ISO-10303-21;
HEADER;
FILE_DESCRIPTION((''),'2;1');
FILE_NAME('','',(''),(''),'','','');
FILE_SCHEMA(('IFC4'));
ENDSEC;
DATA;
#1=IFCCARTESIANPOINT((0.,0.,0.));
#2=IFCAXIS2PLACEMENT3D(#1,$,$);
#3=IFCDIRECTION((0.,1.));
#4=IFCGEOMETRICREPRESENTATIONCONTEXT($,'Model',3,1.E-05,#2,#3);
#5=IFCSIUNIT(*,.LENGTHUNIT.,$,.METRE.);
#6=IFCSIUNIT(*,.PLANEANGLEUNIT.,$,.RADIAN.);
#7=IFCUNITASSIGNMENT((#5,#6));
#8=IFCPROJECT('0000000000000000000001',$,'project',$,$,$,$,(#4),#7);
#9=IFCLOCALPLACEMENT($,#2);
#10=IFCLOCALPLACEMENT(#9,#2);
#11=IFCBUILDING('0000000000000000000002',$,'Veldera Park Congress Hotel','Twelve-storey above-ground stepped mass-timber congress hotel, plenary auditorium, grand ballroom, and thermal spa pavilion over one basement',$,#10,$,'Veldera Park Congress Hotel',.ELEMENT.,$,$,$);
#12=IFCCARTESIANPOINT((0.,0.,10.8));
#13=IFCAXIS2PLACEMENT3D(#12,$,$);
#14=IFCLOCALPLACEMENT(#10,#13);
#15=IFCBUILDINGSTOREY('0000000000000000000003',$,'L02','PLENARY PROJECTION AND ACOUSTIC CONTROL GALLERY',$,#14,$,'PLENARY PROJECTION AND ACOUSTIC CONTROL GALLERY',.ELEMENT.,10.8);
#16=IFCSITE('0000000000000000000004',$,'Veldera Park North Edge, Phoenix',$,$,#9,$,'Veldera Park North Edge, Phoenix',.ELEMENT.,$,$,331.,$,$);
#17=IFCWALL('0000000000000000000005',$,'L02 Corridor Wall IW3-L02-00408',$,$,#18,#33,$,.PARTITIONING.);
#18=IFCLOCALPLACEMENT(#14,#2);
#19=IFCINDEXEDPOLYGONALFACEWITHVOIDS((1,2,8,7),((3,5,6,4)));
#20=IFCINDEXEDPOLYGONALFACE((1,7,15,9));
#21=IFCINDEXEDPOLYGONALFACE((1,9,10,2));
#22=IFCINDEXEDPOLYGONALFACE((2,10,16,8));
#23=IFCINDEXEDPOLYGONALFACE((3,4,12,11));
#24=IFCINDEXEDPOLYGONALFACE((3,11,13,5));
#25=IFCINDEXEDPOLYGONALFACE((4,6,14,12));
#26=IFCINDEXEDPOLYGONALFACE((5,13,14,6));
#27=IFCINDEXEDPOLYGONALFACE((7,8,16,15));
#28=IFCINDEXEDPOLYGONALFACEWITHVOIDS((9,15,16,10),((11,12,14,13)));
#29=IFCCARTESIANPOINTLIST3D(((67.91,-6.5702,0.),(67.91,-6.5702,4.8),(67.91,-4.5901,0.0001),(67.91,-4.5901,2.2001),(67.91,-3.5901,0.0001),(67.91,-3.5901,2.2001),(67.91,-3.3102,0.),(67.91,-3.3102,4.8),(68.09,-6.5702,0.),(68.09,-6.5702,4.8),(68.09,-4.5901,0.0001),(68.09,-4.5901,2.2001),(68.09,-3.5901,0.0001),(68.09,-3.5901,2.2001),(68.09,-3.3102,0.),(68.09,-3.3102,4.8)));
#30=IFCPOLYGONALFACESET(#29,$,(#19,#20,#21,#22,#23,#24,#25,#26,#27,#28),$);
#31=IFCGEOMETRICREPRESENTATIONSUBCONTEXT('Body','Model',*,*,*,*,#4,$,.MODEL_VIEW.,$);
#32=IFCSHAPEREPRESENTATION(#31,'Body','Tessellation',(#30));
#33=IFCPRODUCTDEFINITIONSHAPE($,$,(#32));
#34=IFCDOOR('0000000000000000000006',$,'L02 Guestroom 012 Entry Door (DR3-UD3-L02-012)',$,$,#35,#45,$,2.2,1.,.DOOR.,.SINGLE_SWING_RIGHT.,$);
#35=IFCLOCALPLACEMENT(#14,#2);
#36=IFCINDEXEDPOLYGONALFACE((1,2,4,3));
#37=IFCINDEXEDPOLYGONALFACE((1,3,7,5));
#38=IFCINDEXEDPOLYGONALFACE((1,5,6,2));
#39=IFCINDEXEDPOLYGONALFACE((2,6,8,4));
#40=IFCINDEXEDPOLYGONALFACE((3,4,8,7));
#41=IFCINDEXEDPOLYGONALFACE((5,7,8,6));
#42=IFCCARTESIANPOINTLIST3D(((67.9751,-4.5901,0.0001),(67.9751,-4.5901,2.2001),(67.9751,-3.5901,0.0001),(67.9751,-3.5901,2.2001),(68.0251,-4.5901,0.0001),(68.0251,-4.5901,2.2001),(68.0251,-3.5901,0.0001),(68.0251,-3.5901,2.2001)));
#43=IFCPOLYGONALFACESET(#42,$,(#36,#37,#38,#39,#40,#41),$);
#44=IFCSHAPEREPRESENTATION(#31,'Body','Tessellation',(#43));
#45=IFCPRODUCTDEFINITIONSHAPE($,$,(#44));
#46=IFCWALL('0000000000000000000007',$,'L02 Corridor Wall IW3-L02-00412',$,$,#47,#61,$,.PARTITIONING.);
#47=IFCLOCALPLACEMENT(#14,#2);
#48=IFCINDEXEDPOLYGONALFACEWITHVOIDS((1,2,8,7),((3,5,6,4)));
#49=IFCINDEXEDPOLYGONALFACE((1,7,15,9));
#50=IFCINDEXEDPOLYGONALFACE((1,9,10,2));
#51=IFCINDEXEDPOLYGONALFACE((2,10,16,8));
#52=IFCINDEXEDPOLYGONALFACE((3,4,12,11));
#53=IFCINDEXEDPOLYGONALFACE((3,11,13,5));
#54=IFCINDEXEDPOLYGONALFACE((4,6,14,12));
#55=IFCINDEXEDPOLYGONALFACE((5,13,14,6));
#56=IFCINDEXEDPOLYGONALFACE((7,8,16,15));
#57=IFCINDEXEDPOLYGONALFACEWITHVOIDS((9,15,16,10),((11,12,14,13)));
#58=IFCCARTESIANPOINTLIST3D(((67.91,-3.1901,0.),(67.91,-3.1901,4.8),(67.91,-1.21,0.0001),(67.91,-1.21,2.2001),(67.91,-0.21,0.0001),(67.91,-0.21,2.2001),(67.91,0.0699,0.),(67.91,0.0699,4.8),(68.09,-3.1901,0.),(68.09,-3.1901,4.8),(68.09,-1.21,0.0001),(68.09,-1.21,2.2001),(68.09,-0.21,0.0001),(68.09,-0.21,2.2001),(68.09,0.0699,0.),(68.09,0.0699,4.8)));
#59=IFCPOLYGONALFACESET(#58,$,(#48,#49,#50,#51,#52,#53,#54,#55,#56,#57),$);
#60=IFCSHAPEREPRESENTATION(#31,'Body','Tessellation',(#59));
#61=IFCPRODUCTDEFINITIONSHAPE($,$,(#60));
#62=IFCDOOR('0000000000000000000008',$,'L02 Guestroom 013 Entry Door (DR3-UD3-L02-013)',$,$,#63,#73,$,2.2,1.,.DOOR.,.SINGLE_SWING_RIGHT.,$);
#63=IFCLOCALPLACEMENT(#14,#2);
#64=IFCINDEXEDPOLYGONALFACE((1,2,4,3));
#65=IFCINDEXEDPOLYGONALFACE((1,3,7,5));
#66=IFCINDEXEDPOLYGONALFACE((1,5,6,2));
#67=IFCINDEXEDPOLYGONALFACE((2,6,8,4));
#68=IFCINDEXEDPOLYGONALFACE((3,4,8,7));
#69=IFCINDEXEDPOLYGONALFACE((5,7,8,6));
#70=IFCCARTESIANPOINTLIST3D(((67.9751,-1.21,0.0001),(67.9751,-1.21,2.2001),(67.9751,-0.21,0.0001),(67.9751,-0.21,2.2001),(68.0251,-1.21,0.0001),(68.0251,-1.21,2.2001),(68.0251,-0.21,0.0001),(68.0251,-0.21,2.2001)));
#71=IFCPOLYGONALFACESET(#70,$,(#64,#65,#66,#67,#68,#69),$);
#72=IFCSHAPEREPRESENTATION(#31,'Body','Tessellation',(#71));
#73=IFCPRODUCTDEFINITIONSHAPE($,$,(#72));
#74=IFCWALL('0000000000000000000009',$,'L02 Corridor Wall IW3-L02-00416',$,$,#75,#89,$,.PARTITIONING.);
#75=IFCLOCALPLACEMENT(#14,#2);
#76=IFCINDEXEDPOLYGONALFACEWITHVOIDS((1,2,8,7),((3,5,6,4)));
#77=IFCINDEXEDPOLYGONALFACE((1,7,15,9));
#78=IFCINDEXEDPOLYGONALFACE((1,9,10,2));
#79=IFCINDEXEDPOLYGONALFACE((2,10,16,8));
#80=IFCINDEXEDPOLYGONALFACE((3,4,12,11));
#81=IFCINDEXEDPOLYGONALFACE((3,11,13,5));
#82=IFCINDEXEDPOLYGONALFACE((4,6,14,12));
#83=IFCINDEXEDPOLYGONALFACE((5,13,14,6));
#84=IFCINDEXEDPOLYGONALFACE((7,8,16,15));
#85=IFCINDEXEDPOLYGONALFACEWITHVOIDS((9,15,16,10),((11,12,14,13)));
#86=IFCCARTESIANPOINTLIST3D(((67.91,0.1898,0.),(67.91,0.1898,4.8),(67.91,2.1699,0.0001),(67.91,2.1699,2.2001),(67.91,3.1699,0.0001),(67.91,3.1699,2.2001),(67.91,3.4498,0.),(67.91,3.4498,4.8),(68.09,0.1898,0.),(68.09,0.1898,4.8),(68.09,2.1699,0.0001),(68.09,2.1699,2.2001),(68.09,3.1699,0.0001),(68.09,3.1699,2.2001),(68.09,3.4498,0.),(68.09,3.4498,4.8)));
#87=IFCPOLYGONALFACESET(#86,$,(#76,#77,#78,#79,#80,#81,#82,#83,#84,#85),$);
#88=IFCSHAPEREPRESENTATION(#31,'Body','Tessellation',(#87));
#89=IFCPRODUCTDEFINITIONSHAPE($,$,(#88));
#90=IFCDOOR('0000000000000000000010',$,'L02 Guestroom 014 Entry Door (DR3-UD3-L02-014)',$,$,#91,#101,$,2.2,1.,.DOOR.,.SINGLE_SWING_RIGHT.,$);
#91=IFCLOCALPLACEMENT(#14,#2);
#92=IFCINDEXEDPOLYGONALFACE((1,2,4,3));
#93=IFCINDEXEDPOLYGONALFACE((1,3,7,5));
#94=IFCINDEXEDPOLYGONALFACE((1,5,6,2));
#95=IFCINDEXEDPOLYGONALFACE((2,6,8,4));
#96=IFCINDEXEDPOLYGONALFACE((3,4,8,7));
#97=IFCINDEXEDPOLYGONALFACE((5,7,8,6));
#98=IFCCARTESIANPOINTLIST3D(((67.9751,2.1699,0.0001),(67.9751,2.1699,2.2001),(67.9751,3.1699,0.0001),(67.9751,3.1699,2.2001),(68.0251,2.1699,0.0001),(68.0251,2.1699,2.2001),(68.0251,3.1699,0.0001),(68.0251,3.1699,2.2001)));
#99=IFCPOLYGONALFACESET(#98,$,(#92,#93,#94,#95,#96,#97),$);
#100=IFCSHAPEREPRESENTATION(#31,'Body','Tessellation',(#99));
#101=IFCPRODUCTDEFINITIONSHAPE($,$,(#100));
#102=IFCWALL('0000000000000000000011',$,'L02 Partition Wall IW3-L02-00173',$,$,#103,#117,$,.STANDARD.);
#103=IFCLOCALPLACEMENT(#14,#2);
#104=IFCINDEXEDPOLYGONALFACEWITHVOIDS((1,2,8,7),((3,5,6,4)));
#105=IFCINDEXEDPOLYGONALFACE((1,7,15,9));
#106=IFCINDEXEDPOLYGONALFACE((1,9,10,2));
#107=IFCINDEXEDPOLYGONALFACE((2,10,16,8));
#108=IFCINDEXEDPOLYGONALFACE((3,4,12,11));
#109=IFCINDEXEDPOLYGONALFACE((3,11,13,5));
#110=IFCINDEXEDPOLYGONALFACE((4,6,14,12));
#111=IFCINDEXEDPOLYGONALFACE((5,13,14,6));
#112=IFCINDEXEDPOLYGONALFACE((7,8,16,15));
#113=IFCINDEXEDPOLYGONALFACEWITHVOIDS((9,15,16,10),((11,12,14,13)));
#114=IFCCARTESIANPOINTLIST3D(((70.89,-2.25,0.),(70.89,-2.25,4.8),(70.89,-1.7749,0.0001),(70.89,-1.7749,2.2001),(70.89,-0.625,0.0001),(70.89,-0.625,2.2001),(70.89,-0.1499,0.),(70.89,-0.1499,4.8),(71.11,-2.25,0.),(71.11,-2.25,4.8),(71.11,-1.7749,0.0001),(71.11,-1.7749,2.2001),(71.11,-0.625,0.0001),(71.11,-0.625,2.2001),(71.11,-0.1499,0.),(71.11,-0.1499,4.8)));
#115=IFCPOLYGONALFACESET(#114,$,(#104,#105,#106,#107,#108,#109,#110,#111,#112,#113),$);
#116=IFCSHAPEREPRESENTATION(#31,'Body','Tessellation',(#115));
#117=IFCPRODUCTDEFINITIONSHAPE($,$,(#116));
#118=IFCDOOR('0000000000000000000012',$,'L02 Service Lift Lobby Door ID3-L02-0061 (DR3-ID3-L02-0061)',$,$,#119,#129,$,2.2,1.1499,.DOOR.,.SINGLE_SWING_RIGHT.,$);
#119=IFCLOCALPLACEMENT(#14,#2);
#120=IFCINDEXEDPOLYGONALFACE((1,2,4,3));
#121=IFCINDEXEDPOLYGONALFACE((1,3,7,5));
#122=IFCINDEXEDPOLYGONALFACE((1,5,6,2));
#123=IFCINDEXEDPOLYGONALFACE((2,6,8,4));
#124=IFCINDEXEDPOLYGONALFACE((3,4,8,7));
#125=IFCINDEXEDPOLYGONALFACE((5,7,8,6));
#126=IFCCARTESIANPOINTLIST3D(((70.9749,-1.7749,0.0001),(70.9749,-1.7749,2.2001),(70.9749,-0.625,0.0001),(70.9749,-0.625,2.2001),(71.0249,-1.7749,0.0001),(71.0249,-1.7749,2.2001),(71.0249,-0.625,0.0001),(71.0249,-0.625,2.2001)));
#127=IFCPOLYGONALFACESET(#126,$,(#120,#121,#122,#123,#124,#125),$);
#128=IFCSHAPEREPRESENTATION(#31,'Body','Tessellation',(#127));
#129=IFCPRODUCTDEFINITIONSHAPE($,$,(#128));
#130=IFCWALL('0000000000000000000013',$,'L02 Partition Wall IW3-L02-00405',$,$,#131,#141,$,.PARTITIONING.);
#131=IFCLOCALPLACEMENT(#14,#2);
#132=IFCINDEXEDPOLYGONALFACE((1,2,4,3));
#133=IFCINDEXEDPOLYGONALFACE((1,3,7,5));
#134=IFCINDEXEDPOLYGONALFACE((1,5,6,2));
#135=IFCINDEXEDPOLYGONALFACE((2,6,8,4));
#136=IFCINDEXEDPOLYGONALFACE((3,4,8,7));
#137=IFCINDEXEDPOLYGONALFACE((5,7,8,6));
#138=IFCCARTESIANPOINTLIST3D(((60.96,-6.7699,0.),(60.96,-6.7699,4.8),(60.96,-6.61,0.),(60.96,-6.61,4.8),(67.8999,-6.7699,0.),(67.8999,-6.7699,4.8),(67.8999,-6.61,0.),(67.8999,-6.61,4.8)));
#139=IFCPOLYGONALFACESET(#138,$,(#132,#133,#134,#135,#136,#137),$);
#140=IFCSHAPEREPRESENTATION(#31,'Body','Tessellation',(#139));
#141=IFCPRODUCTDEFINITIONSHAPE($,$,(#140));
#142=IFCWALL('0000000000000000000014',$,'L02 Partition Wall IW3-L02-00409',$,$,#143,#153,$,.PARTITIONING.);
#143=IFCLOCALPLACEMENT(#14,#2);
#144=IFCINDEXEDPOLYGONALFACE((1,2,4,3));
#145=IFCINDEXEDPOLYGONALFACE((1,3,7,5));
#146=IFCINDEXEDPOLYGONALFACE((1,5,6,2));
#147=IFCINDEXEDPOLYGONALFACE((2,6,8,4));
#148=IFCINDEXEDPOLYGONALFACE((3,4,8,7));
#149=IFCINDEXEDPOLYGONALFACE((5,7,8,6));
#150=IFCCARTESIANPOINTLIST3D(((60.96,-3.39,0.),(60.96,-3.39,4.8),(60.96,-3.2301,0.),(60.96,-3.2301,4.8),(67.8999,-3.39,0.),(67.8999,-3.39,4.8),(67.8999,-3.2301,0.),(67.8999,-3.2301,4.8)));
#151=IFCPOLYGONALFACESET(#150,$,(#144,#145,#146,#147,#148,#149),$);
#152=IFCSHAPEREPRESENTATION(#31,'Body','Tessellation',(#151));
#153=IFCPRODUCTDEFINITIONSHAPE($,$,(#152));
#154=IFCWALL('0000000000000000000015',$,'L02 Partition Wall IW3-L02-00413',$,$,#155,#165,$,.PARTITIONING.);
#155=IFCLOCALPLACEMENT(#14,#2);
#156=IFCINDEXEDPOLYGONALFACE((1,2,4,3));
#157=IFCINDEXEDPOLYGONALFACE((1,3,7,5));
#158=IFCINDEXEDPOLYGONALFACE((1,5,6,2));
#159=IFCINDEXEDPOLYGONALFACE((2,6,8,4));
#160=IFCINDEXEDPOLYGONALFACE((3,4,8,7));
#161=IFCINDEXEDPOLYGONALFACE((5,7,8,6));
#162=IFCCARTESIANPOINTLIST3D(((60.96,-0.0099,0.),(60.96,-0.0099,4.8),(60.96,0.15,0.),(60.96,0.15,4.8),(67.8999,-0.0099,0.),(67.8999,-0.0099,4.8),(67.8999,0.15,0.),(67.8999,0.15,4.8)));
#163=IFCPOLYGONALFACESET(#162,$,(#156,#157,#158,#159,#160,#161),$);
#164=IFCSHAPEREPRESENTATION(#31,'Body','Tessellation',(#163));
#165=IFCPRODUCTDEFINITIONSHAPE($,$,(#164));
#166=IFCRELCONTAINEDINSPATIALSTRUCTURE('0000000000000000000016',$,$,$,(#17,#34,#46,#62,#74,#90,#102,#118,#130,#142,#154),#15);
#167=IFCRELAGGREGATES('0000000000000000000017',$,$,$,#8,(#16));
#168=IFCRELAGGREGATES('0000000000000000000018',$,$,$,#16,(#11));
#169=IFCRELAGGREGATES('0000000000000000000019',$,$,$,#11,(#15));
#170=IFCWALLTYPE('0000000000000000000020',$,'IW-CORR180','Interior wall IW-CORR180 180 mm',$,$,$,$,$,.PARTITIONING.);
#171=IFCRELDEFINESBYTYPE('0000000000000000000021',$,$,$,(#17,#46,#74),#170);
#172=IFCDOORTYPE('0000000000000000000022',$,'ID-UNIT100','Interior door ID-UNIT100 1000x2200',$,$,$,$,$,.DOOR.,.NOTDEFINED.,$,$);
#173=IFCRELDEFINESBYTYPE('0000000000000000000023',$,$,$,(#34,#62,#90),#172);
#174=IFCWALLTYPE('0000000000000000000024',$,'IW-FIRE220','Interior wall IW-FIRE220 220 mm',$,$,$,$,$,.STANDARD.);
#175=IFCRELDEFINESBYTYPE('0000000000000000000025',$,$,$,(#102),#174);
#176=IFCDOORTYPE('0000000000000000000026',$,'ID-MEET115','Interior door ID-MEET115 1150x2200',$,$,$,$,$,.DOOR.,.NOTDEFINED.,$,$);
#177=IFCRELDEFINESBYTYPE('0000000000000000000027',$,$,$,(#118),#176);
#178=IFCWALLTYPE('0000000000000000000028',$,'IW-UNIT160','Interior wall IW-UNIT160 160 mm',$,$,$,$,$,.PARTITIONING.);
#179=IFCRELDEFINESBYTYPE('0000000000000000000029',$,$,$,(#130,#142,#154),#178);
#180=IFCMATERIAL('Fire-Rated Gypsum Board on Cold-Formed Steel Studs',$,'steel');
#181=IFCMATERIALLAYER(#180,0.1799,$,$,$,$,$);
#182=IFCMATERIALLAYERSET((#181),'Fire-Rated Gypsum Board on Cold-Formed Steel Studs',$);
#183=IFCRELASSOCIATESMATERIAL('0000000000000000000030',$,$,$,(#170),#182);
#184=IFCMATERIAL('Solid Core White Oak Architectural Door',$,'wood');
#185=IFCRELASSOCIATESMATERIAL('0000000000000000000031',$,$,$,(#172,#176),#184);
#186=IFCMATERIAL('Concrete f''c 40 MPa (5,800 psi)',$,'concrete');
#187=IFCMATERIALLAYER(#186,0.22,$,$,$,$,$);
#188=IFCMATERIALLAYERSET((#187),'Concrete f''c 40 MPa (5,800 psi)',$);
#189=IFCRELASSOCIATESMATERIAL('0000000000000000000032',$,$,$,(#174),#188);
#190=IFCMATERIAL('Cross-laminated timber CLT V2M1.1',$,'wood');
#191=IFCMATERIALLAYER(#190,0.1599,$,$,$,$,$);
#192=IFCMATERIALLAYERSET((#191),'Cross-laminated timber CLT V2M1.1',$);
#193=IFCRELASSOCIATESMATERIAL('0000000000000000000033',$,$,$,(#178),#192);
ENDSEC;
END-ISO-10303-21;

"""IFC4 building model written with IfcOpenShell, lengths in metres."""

from ifc_helpers import new_model, si_unit, direction, frame, frame_2d, origin, place, context, subcontext, project, spatial, rectangle, extrude, material, layer, layer_set, type_object, element, fill, save


model = new_model("IFC4")

# Units and contexts
model_context = context("Model", 3, precision=1e-05, world=origin(), true_north=direction((0.0, 1.0)))
body_context = subcontext(model_context, "Body", "Model", "MODEL_VIEW")
ifc_project = project(units=[si_unit("LENGTHUNIT", "METRE"), si_unit("PLANEANGLEUNIT", "RADIAN")], contexts=[model_context])

# Site, building, storey
site_placement = place(None, origin())
site = spatial("IfcSite", under=ifc_project, at=site_placement, Name="Veldera Park North Edge, Phoenix", LongName="Veldera Park North Edge, Phoenix", CompositionType="ELEMENT", RefElevation=331.0)
building_placement = place(site_placement, origin())
building = spatial("IfcBuilding", under=site, at=building_placement, Name="Veldera Park Congress Hotel", Description="Twelve-storey above-ground stepped mass-timber congress hotel, plenary auditorium, grand ballroom, and thermal spa pavilion over one basement", LongName="Veldera Park Congress Hotel", CompositionType="ELEMENT")
storey_placement = place(building_placement, frame((0.0, 0.0, 10.8)))
storey = spatial("IfcBuildingStorey", under=building, at=storey_placement, Name="L02", Description="PLENARY PROJECTION AND ACOUSTIC CONTROL GALLERY", LongName="PLENARY PROJECTION AND ACOUSTIC CONTROL GALLERY", CompositionType="ELEMENT", Elevation=10.8)

# Shared definitions
ifc_material_1 = material(Name="Cross-laminated timber CLT V2M1.1", Category="wood")

# Shared definitions
ifc_material_2 = material(Name="Fire-Rated Gypsum Board on Cold-Formed Steel Studs", Category="steel")
ifc_material_3 = material(Name="Solid Core White Oak Architectural Door", Category="wood")

# Walls, openings, doors
ifc_layer_1 = layer(ifc_material_2, 0.1799)
ifc_layer_set_1 = layer_set([ifc_layer_1], Name="Fire-Rated Gypsum Board on Cold-Formed Steel Studs")
wall_type_1 = type_object("IfcWallType", Name="IW-CORR180", Description="Interior wall IW-CORR180 180 mm", PredefinedType="PARTITIONING", material=ifc_layer_set_1)
wall_1_placement = place(storey_placement, frame((68.0, -6.5701, 0.0), z_axis=(0.0, 0.0, 1.0), x_axis=(0.0, 1.0, 0.0)))
wall_1 = element("IfcWall", 1, at=wall_1_placement, inside=storey, type_object=wall_type_1, Name="L02 Corridor Wall IW3-L02-00408", PredefinedType="PARTITIONING", context=body_context, shape_type="SweptSolid", body=[
    extrude(rectangle(XDim=3.26, YDim=0.1799, at=frame_2d((1.6299, 0.0))), origin(), (0.0, 0.0, 1.0), 4.8),
])
opening_1_placement = place(wall_1_placement, frame((1.98, 0.0, 0.0)))
opening_1 = element("IfcOpeningElement", 2, at=opening_1_placement, cuts=wall_1, PredefinedType="OPENING", context=body_context, shape_type="SweptSolid", body=[
    extrude(rectangle(XDim=1.0, YDim=2.2, at=frame_2d((0.5, 1.1001))), frame((0.0, 0.1021, 0.0), z_axis=(0.0, -1.0, 0.0), x_axis=(1.0, 0.0, 0.0)), (0.0, 0.0, 1.0), 0.2039),
])
door_type_1 = type_object("IfcDoorType", Name="ID-UNIT100", Description="Interior door ID-UNIT100 1000x2200", OperationType="NOTDEFINED", PredefinedType="DOOR", material=ifc_material_3)
door_1_placement = place(opening_1_placement, origin())
door_1 = element("IfcDoor", 3, at=door_1_placement, inside=storey, type_object=door_type_1, Name="L02 Guestroom 012 Entry Door (DR3-UD3-L02-012)", OperationType="SINGLE_SWING_RIGHT", OverallHeight=2.2, OverallWidth=1.0, PredefinedType="DOOR", context=body_context, shape_type="SweptSolid", body=[
    extrude(rectangle(XDim=1.0, YDim=2.2, at=frame_2d((0.5, 1.1001))), frame((0.0, 0.0249, 0.0), z_axis=(0.0, -1.0, 0.0), x_axis=(1.0, 0.0, 0.0)), (0.0, 0.0, 1.0), 0.05),
])
fill(opening_1, door_1)
wall_2_placement = place(storey_placement, frame((68.0, -3.1899, 0.0), z_axis=(0.0, 0.0, 1.0), x_axis=(0.0, 1.0, 0.0)))
wall_2 = element("IfcWall", 4, at=wall_2_placement, inside=storey, type_object=wall_type_1, Name="L02 Corridor Wall IW3-L02-00412", PredefinedType="PARTITIONING", context=body_context, shape_type="SweptSolid", body=[
    extrude(rectangle(XDim=3.26, YDim=0.1799, at=frame_2d((1.6299, 0.0))), origin(), (0.0, 0.0, 1.0), 4.8),
])
opening_2_placement = place(wall_2_placement, frame((1.98, 0.0, 0.0)))
opening_2 = element("IfcOpeningElement", 5, at=opening_2_placement, cuts=wall_2, PredefinedType="OPENING", context=body_context, shape_type="SweptSolid", body=[
    extrude(rectangle(XDim=1.0, YDim=2.2, at=frame_2d((0.5, 1.1001))), frame((0.0, 0.1021, 0.0), z_axis=(0.0, -1.0, 0.0), x_axis=(1.0, 0.0, 0.0)), (0.0, 0.0, 1.0), 0.2039),
])
door_2_placement = place(opening_2_placement, origin())
door_2 = element("IfcDoor", 6, at=door_2_placement, inside=storey, type_object=door_type_1, Name="L02 Guestroom 013 Entry Door (DR3-UD3-L02-013)", OperationType="SINGLE_SWING_RIGHT", OverallHeight=2.2, OverallWidth=1.0, PredefinedType="DOOR", context=body_context, shape_type="SweptSolid", body=[
    extrude(rectangle(XDim=1.0, YDim=2.2, at=frame_2d((0.5, 1.1001))), frame((0.0, 0.0249, 0.0), z_axis=(0.0, -1.0, 0.0), x_axis=(1.0, 0.0, 0.0)), (0.0, 0.0, 1.0), 0.05),
])
fill(opening_2, door_2)
wall_3_placement = place(storey_placement, frame((68.0, 0.1899, 0.0), z_axis=(0.0, 0.0, 1.0), x_axis=(0.0, 1.0, 0.0)))
wall_3 = element("IfcWall", 7, at=wall_3_placement, inside=storey, type_object=wall_type_1, Name="L02 Corridor Wall IW3-L02-00416", PredefinedType="PARTITIONING", context=body_context, shape_type="SweptSolid", body=[
    extrude(rectangle(XDim=3.26, YDim=0.1799, at=frame_2d((1.6299, 0.0))), origin(), (0.0, 0.0, 1.0), 4.8),
])
opening_3_placement = place(wall_3_placement, frame((1.98, 0.0, 0.0)))
opening_3 = element("IfcOpeningElement", 8, at=opening_3_placement, cuts=wall_3, PredefinedType="OPENING", context=body_context, shape_type="SweptSolid", body=[
    extrude(rectangle(XDim=1.0, YDim=2.2, at=frame_2d((0.5, 1.1001))), frame((0.0, 0.1021, 0.0), z_axis=(0.0, -1.0, 0.0), x_axis=(1.0, 0.0, 0.0)), (0.0, 0.0, 1.0), 0.2039),
])
door_3_placement = place(opening_3_placement, origin())
door_3 = element("IfcDoor", 9, at=door_3_placement, inside=storey, type_object=door_type_1, Name="L02 Guestroom 014 Entry Door (DR3-UD3-L02-014)", OperationType="SINGLE_SWING_RIGHT", OverallHeight=2.2, OverallWidth=1.0, PredefinedType="DOOR", context=body_context, shape_type="SweptSolid", body=[
    extrude(rectangle(XDim=1.0, YDim=2.2, at=frame_2d((0.5, 1.1001))), frame((0.0, 0.0249, 0.0), z_axis=(0.0, -1.0, 0.0), x_axis=(1.0, 0.0, 0.0)), (0.0, 0.0, 1.0), 0.05),
])
fill(opening_3, door_3)
ifc_material_4 = material(Name="Concrete f'c 40 MPa (5,800 psi)", Category="concrete")
ifc_layer_2 = layer(ifc_material_4, 0.22)
ifc_layer_set_2 = layer_set([ifc_layer_2], Name="Concrete f'c 40 MPa (5,800 psi)")
wall_type_2 = type_object("IfcWallType", Name="IW-FIRE220", Description="Interior wall IW-FIRE220 220 mm", PredefinedType="STANDARD", material=ifc_layer_set_2)
wall_4_placement = place(storey_placement, frame((71.0, -0.1499, 0.0), z_axis=(0.0, 0.0, 1.0), x_axis=(0.0, -1.0, 0.0)))
wall_4 = element("IfcWall", 10, at=wall_4_placement, inside=storey, type_object=wall_type_2, Name="L02 Partition Wall IW3-L02-00173", PredefinedType="STANDARD", context=body_context, shape_type="SweptSolid", body=[
    extrude(rectangle(XDim=2.1001, YDim=0.22, at=frame_2d((1.05, 0.0))), origin(), (0.0, 0.0, 1.0), 4.8),
])
opening_4_placement = place(wall_4_placement, frame((0.4751, 0.0, 0.0)))
opening_4 = element("IfcOpeningElement", 11, at=opening_4_placement, cuts=wall_4, PredefinedType="OPENING", context=body_context, shape_type="SweptSolid", body=[
    extrude(rectangle(XDim=1.1499, YDim=2.2, at=frame_2d((0.575, 1.1001))), frame((0.0, 0.1221, 0.0), z_axis=(0.0, -1.0, 0.0), x_axis=(1.0, 0.0, 0.0)), (0.0, 0.0, 1.0), 0.2439),
])
door_type_2 = type_object("IfcDoorType", Name="ID-MEET115", Description="Interior door ID-MEET115 1150x2200", OperationType="NOTDEFINED", PredefinedType="DOOR", material=ifc_material_3)
door_4_placement = place(opening_4_placement, origin())
door_4 = element("IfcDoor", 12, at=door_4_placement, inside=storey, type_object=door_type_2, Name="L02 Service Lift Lobby Door ID3-L02-0061 (DR3-ID3-L02-0061)", OperationType="SINGLE_SWING_RIGHT", OverallHeight=2.2, OverallWidth=1.1499, PredefinedType="DOOR", context=body_context, shape_type="SweptSolid", body=[
    extrude(rectangle(XDim=1.1499, YDim=2.2, at=frame_2d((0.575, 1.1001))), frame((0.0, 0.0249, 0.0), z_axis=(0.0, -1.0, 0.0), x_axis=(1.0, 0.0, 0.0)), (0.0, 0.0, 1.0), 0.05),
])
fill(opening_4, door_4)

# Walls
ifc_layer_3 = layer(ifc_material_1, 0.1599)
ifc_layer_set_3 = layer_set([ifc_layer_3], Name="Cross-laminated timber CLT V2M1.1")
wall_type_3 = type_object("IfcWallType", Name="IW-UNIT160", Description="Interior wall IW-UNIT160 160 mm", PredefinedType="PARTITIONING", material=ifc_layer_set_3)
for number, where, z_axis, x_axis, name in (
    (13, (60.96, -6.6899, 0.0), (0.0, 0.0, 1.0), (1.0, 0.0, 0.0), "L02 Partition Wall IW3-L02-00405"),
    (14, (60.96, -3.3101, 0.0), (0.0, 0.0, 1.0), (1.0, 0.0, 0.0), "L02 Partition Wall IW3-L02-00409"),
    (15, (60.96, 0.0701, 0.0), (0.0, 0.0, 1.0), (1.0, 0.0, 0.0), "L02 Partition Wall IW3-L02-00413"),
):
    element("IfcWall", number, at=place(storey_placement, frame(where, z_axis=z_axis, x_axis=x_axis)), inside=storey, type_object=wall_type_3, Name=name, PredefinedType="PARTITIONING", context=body_context, shape_type="SweptSolid", body=[
        extrude(rectangle(XDim=6.9399, YDim=0.1599, at=frame_2d((3.47, 0.0))), origin(), (0.0, 0.0, 1.0), 4.8),
    ])

save(model, "model.ifc")
